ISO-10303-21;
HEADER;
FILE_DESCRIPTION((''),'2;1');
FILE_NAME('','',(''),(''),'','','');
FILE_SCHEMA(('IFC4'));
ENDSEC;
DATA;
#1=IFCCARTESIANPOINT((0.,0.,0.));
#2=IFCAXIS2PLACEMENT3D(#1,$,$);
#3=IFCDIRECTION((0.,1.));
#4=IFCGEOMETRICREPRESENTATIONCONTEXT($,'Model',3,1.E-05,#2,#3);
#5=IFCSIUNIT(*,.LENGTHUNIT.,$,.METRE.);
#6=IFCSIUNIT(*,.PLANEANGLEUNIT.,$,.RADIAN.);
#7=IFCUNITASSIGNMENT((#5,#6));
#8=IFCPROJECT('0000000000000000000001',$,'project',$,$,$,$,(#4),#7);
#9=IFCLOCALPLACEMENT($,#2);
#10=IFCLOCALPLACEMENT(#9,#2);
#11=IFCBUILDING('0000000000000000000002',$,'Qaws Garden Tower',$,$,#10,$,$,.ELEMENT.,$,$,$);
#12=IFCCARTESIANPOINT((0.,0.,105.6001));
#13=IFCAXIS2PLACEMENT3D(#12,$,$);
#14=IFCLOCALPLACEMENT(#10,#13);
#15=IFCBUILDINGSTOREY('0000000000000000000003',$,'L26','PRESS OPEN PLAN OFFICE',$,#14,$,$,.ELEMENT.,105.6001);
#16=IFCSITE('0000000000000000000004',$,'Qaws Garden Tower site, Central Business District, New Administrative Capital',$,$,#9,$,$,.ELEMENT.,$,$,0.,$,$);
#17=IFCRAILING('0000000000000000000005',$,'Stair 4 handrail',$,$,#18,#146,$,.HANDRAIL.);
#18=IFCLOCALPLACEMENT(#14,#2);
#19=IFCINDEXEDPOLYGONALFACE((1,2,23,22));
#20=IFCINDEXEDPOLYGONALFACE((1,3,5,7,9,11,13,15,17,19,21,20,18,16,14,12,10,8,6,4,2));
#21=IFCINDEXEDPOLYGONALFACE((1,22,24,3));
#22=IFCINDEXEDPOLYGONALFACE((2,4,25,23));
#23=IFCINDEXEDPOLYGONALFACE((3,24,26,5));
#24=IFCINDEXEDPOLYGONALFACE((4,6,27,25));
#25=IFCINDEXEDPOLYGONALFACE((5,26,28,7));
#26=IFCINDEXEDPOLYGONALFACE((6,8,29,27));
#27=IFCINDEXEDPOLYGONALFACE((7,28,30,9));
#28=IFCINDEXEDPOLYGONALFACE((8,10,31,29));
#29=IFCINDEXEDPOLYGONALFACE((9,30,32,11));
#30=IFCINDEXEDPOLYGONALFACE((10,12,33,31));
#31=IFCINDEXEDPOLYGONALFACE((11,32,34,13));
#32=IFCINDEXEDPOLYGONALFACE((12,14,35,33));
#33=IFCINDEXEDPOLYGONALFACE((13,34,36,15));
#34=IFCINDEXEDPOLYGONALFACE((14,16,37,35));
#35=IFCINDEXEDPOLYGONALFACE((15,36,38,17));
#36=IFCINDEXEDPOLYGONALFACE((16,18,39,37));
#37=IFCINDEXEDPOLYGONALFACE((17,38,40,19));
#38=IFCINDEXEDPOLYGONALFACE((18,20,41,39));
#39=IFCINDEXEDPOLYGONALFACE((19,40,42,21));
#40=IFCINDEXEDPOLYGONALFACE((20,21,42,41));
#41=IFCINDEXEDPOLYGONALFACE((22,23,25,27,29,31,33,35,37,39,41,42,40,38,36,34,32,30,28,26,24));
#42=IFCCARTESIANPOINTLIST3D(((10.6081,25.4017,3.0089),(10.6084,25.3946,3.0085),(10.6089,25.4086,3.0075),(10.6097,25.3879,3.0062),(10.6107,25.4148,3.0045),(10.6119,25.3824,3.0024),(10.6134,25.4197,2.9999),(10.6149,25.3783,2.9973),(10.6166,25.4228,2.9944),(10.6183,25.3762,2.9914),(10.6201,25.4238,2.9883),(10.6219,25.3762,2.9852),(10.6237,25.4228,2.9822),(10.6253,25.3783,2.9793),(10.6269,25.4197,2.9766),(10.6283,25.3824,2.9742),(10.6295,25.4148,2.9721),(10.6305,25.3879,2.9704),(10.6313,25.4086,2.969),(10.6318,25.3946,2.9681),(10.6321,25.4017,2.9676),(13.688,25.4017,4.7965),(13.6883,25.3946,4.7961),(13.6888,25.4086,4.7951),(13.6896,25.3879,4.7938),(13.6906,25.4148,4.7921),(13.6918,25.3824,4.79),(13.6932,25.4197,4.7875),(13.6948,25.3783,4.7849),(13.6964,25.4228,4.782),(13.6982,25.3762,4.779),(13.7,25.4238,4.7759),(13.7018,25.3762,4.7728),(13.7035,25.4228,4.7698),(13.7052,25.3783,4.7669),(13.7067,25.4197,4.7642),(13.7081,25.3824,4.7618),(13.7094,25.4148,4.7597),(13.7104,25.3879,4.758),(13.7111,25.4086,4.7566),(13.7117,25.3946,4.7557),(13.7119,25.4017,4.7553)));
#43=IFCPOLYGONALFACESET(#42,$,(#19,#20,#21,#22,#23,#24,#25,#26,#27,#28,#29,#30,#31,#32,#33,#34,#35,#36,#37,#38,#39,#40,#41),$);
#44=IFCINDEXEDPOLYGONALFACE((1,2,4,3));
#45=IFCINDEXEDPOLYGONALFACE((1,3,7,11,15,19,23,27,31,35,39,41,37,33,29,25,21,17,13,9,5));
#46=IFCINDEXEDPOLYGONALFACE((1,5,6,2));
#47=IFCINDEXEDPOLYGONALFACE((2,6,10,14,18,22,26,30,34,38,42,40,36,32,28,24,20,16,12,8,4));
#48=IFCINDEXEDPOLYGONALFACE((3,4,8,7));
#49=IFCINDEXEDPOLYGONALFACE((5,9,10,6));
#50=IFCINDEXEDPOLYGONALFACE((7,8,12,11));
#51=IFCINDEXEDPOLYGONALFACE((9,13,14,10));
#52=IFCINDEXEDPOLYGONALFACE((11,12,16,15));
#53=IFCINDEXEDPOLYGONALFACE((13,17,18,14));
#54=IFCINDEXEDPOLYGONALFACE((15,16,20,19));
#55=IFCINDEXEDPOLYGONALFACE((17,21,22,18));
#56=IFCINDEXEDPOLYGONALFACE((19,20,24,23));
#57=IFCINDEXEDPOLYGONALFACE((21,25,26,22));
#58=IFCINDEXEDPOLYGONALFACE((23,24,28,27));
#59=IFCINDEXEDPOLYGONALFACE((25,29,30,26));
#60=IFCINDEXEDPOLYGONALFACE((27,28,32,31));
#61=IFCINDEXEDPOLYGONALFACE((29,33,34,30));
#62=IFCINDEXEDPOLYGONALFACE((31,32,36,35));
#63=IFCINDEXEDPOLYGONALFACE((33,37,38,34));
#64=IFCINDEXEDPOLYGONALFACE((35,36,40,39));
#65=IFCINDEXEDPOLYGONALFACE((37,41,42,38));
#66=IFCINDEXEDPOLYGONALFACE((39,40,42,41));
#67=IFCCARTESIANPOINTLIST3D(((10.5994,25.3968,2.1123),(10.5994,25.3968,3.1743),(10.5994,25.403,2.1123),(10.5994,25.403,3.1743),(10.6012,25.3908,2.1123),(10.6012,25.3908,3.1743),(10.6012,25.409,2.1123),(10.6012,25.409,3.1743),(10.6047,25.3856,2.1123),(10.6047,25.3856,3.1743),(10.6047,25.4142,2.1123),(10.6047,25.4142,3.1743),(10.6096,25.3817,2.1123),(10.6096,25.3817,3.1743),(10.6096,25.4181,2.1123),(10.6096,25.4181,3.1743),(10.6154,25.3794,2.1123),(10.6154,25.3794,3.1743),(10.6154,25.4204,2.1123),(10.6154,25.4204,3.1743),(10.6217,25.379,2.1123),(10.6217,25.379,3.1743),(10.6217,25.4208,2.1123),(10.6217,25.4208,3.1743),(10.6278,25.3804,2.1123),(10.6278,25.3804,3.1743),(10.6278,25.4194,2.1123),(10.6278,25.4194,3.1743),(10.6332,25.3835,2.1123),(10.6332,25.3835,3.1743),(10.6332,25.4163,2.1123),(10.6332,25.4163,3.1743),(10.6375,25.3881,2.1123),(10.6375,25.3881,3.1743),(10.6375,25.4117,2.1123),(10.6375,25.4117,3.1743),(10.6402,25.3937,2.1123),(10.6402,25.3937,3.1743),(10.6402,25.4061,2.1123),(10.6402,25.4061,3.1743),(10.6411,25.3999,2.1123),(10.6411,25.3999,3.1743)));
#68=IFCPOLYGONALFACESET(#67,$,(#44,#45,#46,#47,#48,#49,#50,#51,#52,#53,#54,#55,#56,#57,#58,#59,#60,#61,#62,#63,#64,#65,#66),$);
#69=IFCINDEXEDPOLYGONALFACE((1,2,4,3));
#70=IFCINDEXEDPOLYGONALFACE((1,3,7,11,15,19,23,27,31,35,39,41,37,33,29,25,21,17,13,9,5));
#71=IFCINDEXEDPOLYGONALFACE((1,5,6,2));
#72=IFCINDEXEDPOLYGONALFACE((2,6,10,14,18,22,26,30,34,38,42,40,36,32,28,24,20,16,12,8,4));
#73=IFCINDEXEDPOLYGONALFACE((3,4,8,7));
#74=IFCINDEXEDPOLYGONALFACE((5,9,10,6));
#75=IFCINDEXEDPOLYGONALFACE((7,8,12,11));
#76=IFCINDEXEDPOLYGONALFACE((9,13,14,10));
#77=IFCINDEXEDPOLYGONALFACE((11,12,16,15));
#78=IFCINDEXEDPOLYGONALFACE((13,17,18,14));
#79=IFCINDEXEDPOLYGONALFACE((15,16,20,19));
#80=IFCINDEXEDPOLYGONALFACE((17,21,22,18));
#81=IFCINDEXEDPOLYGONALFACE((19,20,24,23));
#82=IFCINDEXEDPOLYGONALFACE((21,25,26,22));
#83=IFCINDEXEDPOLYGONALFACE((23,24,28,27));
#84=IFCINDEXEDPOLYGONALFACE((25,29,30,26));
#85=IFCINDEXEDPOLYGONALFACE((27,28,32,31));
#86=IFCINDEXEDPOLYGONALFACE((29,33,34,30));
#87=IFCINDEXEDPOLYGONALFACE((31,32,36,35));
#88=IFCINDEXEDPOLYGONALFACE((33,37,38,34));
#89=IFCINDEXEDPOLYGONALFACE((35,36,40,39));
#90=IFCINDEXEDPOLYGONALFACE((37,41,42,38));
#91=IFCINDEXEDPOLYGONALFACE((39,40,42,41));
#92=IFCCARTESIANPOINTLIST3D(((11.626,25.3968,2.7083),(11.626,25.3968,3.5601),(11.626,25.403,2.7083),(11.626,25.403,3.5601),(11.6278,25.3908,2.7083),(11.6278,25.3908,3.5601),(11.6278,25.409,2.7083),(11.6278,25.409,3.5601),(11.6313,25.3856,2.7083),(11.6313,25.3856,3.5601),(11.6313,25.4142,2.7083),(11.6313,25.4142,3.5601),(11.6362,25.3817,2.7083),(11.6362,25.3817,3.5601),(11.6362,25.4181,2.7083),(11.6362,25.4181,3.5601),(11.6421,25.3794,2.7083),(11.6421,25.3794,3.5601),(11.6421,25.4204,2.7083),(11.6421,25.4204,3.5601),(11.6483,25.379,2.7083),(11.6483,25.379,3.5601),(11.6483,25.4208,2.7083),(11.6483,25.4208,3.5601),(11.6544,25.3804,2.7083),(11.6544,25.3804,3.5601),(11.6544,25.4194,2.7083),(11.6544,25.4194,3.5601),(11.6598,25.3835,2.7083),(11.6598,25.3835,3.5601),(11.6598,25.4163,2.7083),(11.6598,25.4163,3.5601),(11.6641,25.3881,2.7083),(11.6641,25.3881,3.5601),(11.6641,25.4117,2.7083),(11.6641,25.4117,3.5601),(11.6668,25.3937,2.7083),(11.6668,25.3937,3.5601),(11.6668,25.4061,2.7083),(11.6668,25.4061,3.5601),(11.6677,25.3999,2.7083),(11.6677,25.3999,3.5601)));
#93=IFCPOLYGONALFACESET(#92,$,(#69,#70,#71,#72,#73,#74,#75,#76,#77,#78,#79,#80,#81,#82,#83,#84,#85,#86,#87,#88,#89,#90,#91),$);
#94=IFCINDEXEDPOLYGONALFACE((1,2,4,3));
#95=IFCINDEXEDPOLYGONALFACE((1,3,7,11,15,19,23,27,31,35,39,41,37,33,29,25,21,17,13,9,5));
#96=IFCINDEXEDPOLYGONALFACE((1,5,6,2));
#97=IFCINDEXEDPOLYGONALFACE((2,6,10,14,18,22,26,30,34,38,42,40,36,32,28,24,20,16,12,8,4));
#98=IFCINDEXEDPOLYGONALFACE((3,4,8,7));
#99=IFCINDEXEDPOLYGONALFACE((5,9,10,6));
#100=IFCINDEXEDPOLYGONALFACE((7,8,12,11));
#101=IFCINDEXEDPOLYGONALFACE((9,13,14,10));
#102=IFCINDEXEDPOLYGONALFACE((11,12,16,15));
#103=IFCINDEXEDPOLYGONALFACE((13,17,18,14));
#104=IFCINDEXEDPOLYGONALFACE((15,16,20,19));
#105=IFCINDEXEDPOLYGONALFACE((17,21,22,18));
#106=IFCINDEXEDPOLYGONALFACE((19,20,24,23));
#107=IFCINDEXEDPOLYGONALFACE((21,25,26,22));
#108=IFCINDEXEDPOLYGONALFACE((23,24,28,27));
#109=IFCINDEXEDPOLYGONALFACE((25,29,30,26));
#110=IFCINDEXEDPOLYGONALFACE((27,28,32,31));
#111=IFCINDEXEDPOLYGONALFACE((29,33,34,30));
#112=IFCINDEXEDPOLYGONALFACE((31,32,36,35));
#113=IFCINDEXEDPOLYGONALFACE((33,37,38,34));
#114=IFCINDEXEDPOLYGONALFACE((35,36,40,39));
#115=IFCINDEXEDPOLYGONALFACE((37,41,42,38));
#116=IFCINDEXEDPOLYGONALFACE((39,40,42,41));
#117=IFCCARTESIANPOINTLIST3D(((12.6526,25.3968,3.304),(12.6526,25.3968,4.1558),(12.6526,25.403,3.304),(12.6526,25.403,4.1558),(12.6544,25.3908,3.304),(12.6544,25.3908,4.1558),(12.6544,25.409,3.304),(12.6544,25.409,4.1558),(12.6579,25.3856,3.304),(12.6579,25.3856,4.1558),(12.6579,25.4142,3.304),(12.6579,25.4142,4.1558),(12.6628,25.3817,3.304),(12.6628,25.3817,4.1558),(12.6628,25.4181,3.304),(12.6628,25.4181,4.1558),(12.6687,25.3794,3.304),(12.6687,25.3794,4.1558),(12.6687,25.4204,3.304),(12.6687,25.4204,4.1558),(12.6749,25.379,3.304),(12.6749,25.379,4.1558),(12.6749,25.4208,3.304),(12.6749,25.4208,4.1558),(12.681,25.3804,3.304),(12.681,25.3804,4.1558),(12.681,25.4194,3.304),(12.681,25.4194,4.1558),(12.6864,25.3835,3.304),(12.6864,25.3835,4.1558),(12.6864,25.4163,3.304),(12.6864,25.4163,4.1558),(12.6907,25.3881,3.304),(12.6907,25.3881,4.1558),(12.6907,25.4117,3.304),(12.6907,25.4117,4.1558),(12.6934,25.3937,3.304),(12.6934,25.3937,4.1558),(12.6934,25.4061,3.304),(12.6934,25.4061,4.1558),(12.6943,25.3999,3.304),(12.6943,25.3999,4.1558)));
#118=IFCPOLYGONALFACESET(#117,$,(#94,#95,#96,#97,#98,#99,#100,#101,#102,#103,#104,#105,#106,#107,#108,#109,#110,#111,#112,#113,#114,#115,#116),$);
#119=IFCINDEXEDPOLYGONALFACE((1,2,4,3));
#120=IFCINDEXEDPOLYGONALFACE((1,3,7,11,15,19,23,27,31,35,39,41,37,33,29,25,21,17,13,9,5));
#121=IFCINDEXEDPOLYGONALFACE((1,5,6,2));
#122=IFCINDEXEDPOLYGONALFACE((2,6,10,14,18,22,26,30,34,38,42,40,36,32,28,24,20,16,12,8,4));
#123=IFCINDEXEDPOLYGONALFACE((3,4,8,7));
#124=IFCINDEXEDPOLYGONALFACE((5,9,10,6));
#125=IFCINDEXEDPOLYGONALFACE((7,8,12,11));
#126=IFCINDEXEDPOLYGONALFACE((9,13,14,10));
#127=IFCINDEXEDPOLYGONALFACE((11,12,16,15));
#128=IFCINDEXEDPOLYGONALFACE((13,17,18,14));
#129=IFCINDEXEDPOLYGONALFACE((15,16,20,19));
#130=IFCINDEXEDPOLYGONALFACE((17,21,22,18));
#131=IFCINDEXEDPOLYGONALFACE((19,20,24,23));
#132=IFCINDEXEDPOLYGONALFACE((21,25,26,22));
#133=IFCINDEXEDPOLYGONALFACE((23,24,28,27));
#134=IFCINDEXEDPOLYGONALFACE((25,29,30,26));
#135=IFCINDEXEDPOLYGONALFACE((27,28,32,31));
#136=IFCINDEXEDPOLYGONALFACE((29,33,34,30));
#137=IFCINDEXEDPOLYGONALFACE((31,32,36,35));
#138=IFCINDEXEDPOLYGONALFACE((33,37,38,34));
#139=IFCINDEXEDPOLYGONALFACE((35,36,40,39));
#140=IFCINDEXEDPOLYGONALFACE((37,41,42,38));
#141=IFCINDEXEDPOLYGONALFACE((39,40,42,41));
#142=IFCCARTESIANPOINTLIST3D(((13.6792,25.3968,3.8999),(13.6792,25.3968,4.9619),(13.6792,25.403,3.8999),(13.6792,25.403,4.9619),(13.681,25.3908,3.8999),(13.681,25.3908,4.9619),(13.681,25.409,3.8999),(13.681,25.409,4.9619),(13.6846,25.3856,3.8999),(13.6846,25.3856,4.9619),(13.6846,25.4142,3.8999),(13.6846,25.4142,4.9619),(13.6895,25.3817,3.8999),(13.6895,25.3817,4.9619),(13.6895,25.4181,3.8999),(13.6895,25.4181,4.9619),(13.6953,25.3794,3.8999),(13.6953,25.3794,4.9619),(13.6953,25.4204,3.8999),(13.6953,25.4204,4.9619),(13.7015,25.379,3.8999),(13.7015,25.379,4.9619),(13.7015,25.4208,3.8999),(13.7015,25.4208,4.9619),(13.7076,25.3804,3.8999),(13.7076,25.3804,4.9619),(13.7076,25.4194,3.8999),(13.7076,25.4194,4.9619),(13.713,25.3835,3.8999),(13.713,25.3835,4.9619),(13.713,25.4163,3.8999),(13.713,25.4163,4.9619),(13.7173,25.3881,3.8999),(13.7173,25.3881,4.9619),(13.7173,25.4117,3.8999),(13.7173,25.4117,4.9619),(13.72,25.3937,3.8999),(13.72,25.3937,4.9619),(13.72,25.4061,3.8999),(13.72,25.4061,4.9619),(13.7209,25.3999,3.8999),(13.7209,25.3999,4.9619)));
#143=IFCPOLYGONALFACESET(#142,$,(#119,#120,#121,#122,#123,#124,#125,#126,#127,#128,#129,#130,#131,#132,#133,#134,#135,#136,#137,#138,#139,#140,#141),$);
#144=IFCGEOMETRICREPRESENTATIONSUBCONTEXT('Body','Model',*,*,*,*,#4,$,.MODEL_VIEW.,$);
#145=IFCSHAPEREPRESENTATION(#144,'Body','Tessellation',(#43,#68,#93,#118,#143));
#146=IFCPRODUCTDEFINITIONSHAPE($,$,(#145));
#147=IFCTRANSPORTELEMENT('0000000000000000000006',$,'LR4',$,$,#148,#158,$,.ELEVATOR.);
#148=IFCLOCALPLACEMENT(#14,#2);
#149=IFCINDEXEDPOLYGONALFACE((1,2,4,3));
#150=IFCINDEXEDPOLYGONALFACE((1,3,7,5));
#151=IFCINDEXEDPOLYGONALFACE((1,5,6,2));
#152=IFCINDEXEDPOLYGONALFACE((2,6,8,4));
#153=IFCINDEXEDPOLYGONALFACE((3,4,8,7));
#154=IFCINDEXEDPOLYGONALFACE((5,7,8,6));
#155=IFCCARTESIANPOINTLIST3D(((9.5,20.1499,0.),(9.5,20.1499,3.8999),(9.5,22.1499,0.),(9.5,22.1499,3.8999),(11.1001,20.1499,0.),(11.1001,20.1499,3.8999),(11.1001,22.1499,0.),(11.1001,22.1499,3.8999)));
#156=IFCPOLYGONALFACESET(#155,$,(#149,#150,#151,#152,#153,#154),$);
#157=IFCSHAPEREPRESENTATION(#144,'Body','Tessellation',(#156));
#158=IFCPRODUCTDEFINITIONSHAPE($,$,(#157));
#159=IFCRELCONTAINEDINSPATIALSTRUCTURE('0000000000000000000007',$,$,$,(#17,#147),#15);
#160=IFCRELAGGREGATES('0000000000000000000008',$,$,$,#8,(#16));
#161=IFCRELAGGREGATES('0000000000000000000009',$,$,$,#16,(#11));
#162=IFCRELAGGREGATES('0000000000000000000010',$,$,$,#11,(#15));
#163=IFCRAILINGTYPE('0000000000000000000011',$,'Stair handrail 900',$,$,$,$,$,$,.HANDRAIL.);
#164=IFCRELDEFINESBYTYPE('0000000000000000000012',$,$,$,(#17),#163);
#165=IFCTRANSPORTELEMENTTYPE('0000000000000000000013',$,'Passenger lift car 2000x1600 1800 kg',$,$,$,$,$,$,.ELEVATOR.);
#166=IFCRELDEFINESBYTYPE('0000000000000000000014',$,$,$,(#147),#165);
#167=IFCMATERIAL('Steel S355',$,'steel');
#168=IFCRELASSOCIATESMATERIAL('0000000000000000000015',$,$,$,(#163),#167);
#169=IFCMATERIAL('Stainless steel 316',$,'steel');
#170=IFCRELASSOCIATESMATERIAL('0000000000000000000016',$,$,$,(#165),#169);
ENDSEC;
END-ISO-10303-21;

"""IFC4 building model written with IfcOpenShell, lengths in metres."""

from ifc_helpers import new_model, si_unit, direction, frame, origin, origin_2d, place, context, subcontext, project, spatial, rectangle, circle, extrude, material, type_object, element, save


model = new_model("IFC4")

# Units and contexts
model_context = context("Model", 3, precision=1e-05, world=origin(), true_north=direction((0.0, 1.0)))
body_context = subcontext(model_context, "Body", "Model", "MODEL_VIEW")
ifc_project = project(units=[si_unit("LENGTHUNIT", "METRE"), si_unit("PLANEANGLEUNIT", "RADIAN")], contexts=[model_context])

# Site, building, storey
site_placement = place(None, origin())
site = spatial("IfcSite", under=ifc_project, at=site_placement, Name="Qaws Garden Tower site, Central Business District, New Administrative Capital", CompositionType="ELEMENT", RefElevation=0.0)
building_placement = place(site_placement, origin())
building = spatial("IfcBuilding", under=site, at=building_placement, Name="Qaws Garden Tower", CompositionType="ELEMENT")
storey_placement = place(building_placement, frame((0.0, 0.0, 105.6001)))
storey = spatial("IfcBuildingStorey", under=building, at=storey_placement, Name="L26", Description="PRESS OPEN PLAN OFFICE", CompositionType="ELEMENT", Elevation=105.6001)

# Railing
ifc_material_1 = material(Name="Steel S355", Category="steel")
railing_type = type_object("IfcRailingType", Name="Stair handrail 900", PredefinedType="HANDRAIL", material=ifc_material_1)
railing_1_placement = place(storey_placement, frame((10.6201, 25.3999, 2.1123)))
element("IfcRailing", 1, at=railing_1_placement, inside=storey, type_object=railing_type, Name="Stair 4 handrail", PredefinedType="HANDRAIL", context=body_context, shape_type="SweptSolid", body=[
    extrude(circle(Radius=0.0239, at=origin_2d()), frame((0.0, 0.0, 0.876), z_axis=(0.864873, 0.0, 0.50199), x_axis=(0.0, 1.0, 0.0)), (0.0, 0.0, 1.0), 3.561),
    extrude(circle(Radius=0.021, at=origin_2d()), origin(), (0.0, 0.0, 1.0), 1.062),
    extrude(circle(Radius=0.021, at=origin_2d()), frame((1.0266, 0.0, 0.5959)), (0.0, 0.0, 1.0), 0.8518),
    extrude(circle(Radius=0.021, at=origin_2d()), frame((2.0532, 0.0, 1.1917)), (0.0, 0.0, 1.0), 0.8518),
    extrude(circle(Radius=0.021, at=origin_2d()), frame((3.0798, 0.0, 1.7876)), (0.0, 0.0, 1.0), 1.062),
])

# Transport element
ifc_material_2 = material(Name="Stainless steel 316", Category="steel")
transport_element_type = type_object("IfcTransportElementType", Name="Passenger lift car 2000x1600 1800 kg", PredefinedType="ELEVATOR", material=ifc_material_2)
transport_element_placement = place(storey_placement, frame((10.3, 21.1499, 0.0), z_axis=(0.0, 0.0, 1.0), x_axis=(1.0, 0.0, 0.0)))
element("IfcTransportElement", 2, at=transport_element_placement, inside=storey, type_object=transport_element_type, Name="LR4", PredefinedType="ELEVATOR", context=body_context, shape_type="SweptSolid", body=[
    extrude(rectangle(XDim=1.6001, YDim=2.0, at=origin_2d()), origin(), (0.0, 0.0, 1.0), 3.8999),
])

save(model, "model.ifc")
